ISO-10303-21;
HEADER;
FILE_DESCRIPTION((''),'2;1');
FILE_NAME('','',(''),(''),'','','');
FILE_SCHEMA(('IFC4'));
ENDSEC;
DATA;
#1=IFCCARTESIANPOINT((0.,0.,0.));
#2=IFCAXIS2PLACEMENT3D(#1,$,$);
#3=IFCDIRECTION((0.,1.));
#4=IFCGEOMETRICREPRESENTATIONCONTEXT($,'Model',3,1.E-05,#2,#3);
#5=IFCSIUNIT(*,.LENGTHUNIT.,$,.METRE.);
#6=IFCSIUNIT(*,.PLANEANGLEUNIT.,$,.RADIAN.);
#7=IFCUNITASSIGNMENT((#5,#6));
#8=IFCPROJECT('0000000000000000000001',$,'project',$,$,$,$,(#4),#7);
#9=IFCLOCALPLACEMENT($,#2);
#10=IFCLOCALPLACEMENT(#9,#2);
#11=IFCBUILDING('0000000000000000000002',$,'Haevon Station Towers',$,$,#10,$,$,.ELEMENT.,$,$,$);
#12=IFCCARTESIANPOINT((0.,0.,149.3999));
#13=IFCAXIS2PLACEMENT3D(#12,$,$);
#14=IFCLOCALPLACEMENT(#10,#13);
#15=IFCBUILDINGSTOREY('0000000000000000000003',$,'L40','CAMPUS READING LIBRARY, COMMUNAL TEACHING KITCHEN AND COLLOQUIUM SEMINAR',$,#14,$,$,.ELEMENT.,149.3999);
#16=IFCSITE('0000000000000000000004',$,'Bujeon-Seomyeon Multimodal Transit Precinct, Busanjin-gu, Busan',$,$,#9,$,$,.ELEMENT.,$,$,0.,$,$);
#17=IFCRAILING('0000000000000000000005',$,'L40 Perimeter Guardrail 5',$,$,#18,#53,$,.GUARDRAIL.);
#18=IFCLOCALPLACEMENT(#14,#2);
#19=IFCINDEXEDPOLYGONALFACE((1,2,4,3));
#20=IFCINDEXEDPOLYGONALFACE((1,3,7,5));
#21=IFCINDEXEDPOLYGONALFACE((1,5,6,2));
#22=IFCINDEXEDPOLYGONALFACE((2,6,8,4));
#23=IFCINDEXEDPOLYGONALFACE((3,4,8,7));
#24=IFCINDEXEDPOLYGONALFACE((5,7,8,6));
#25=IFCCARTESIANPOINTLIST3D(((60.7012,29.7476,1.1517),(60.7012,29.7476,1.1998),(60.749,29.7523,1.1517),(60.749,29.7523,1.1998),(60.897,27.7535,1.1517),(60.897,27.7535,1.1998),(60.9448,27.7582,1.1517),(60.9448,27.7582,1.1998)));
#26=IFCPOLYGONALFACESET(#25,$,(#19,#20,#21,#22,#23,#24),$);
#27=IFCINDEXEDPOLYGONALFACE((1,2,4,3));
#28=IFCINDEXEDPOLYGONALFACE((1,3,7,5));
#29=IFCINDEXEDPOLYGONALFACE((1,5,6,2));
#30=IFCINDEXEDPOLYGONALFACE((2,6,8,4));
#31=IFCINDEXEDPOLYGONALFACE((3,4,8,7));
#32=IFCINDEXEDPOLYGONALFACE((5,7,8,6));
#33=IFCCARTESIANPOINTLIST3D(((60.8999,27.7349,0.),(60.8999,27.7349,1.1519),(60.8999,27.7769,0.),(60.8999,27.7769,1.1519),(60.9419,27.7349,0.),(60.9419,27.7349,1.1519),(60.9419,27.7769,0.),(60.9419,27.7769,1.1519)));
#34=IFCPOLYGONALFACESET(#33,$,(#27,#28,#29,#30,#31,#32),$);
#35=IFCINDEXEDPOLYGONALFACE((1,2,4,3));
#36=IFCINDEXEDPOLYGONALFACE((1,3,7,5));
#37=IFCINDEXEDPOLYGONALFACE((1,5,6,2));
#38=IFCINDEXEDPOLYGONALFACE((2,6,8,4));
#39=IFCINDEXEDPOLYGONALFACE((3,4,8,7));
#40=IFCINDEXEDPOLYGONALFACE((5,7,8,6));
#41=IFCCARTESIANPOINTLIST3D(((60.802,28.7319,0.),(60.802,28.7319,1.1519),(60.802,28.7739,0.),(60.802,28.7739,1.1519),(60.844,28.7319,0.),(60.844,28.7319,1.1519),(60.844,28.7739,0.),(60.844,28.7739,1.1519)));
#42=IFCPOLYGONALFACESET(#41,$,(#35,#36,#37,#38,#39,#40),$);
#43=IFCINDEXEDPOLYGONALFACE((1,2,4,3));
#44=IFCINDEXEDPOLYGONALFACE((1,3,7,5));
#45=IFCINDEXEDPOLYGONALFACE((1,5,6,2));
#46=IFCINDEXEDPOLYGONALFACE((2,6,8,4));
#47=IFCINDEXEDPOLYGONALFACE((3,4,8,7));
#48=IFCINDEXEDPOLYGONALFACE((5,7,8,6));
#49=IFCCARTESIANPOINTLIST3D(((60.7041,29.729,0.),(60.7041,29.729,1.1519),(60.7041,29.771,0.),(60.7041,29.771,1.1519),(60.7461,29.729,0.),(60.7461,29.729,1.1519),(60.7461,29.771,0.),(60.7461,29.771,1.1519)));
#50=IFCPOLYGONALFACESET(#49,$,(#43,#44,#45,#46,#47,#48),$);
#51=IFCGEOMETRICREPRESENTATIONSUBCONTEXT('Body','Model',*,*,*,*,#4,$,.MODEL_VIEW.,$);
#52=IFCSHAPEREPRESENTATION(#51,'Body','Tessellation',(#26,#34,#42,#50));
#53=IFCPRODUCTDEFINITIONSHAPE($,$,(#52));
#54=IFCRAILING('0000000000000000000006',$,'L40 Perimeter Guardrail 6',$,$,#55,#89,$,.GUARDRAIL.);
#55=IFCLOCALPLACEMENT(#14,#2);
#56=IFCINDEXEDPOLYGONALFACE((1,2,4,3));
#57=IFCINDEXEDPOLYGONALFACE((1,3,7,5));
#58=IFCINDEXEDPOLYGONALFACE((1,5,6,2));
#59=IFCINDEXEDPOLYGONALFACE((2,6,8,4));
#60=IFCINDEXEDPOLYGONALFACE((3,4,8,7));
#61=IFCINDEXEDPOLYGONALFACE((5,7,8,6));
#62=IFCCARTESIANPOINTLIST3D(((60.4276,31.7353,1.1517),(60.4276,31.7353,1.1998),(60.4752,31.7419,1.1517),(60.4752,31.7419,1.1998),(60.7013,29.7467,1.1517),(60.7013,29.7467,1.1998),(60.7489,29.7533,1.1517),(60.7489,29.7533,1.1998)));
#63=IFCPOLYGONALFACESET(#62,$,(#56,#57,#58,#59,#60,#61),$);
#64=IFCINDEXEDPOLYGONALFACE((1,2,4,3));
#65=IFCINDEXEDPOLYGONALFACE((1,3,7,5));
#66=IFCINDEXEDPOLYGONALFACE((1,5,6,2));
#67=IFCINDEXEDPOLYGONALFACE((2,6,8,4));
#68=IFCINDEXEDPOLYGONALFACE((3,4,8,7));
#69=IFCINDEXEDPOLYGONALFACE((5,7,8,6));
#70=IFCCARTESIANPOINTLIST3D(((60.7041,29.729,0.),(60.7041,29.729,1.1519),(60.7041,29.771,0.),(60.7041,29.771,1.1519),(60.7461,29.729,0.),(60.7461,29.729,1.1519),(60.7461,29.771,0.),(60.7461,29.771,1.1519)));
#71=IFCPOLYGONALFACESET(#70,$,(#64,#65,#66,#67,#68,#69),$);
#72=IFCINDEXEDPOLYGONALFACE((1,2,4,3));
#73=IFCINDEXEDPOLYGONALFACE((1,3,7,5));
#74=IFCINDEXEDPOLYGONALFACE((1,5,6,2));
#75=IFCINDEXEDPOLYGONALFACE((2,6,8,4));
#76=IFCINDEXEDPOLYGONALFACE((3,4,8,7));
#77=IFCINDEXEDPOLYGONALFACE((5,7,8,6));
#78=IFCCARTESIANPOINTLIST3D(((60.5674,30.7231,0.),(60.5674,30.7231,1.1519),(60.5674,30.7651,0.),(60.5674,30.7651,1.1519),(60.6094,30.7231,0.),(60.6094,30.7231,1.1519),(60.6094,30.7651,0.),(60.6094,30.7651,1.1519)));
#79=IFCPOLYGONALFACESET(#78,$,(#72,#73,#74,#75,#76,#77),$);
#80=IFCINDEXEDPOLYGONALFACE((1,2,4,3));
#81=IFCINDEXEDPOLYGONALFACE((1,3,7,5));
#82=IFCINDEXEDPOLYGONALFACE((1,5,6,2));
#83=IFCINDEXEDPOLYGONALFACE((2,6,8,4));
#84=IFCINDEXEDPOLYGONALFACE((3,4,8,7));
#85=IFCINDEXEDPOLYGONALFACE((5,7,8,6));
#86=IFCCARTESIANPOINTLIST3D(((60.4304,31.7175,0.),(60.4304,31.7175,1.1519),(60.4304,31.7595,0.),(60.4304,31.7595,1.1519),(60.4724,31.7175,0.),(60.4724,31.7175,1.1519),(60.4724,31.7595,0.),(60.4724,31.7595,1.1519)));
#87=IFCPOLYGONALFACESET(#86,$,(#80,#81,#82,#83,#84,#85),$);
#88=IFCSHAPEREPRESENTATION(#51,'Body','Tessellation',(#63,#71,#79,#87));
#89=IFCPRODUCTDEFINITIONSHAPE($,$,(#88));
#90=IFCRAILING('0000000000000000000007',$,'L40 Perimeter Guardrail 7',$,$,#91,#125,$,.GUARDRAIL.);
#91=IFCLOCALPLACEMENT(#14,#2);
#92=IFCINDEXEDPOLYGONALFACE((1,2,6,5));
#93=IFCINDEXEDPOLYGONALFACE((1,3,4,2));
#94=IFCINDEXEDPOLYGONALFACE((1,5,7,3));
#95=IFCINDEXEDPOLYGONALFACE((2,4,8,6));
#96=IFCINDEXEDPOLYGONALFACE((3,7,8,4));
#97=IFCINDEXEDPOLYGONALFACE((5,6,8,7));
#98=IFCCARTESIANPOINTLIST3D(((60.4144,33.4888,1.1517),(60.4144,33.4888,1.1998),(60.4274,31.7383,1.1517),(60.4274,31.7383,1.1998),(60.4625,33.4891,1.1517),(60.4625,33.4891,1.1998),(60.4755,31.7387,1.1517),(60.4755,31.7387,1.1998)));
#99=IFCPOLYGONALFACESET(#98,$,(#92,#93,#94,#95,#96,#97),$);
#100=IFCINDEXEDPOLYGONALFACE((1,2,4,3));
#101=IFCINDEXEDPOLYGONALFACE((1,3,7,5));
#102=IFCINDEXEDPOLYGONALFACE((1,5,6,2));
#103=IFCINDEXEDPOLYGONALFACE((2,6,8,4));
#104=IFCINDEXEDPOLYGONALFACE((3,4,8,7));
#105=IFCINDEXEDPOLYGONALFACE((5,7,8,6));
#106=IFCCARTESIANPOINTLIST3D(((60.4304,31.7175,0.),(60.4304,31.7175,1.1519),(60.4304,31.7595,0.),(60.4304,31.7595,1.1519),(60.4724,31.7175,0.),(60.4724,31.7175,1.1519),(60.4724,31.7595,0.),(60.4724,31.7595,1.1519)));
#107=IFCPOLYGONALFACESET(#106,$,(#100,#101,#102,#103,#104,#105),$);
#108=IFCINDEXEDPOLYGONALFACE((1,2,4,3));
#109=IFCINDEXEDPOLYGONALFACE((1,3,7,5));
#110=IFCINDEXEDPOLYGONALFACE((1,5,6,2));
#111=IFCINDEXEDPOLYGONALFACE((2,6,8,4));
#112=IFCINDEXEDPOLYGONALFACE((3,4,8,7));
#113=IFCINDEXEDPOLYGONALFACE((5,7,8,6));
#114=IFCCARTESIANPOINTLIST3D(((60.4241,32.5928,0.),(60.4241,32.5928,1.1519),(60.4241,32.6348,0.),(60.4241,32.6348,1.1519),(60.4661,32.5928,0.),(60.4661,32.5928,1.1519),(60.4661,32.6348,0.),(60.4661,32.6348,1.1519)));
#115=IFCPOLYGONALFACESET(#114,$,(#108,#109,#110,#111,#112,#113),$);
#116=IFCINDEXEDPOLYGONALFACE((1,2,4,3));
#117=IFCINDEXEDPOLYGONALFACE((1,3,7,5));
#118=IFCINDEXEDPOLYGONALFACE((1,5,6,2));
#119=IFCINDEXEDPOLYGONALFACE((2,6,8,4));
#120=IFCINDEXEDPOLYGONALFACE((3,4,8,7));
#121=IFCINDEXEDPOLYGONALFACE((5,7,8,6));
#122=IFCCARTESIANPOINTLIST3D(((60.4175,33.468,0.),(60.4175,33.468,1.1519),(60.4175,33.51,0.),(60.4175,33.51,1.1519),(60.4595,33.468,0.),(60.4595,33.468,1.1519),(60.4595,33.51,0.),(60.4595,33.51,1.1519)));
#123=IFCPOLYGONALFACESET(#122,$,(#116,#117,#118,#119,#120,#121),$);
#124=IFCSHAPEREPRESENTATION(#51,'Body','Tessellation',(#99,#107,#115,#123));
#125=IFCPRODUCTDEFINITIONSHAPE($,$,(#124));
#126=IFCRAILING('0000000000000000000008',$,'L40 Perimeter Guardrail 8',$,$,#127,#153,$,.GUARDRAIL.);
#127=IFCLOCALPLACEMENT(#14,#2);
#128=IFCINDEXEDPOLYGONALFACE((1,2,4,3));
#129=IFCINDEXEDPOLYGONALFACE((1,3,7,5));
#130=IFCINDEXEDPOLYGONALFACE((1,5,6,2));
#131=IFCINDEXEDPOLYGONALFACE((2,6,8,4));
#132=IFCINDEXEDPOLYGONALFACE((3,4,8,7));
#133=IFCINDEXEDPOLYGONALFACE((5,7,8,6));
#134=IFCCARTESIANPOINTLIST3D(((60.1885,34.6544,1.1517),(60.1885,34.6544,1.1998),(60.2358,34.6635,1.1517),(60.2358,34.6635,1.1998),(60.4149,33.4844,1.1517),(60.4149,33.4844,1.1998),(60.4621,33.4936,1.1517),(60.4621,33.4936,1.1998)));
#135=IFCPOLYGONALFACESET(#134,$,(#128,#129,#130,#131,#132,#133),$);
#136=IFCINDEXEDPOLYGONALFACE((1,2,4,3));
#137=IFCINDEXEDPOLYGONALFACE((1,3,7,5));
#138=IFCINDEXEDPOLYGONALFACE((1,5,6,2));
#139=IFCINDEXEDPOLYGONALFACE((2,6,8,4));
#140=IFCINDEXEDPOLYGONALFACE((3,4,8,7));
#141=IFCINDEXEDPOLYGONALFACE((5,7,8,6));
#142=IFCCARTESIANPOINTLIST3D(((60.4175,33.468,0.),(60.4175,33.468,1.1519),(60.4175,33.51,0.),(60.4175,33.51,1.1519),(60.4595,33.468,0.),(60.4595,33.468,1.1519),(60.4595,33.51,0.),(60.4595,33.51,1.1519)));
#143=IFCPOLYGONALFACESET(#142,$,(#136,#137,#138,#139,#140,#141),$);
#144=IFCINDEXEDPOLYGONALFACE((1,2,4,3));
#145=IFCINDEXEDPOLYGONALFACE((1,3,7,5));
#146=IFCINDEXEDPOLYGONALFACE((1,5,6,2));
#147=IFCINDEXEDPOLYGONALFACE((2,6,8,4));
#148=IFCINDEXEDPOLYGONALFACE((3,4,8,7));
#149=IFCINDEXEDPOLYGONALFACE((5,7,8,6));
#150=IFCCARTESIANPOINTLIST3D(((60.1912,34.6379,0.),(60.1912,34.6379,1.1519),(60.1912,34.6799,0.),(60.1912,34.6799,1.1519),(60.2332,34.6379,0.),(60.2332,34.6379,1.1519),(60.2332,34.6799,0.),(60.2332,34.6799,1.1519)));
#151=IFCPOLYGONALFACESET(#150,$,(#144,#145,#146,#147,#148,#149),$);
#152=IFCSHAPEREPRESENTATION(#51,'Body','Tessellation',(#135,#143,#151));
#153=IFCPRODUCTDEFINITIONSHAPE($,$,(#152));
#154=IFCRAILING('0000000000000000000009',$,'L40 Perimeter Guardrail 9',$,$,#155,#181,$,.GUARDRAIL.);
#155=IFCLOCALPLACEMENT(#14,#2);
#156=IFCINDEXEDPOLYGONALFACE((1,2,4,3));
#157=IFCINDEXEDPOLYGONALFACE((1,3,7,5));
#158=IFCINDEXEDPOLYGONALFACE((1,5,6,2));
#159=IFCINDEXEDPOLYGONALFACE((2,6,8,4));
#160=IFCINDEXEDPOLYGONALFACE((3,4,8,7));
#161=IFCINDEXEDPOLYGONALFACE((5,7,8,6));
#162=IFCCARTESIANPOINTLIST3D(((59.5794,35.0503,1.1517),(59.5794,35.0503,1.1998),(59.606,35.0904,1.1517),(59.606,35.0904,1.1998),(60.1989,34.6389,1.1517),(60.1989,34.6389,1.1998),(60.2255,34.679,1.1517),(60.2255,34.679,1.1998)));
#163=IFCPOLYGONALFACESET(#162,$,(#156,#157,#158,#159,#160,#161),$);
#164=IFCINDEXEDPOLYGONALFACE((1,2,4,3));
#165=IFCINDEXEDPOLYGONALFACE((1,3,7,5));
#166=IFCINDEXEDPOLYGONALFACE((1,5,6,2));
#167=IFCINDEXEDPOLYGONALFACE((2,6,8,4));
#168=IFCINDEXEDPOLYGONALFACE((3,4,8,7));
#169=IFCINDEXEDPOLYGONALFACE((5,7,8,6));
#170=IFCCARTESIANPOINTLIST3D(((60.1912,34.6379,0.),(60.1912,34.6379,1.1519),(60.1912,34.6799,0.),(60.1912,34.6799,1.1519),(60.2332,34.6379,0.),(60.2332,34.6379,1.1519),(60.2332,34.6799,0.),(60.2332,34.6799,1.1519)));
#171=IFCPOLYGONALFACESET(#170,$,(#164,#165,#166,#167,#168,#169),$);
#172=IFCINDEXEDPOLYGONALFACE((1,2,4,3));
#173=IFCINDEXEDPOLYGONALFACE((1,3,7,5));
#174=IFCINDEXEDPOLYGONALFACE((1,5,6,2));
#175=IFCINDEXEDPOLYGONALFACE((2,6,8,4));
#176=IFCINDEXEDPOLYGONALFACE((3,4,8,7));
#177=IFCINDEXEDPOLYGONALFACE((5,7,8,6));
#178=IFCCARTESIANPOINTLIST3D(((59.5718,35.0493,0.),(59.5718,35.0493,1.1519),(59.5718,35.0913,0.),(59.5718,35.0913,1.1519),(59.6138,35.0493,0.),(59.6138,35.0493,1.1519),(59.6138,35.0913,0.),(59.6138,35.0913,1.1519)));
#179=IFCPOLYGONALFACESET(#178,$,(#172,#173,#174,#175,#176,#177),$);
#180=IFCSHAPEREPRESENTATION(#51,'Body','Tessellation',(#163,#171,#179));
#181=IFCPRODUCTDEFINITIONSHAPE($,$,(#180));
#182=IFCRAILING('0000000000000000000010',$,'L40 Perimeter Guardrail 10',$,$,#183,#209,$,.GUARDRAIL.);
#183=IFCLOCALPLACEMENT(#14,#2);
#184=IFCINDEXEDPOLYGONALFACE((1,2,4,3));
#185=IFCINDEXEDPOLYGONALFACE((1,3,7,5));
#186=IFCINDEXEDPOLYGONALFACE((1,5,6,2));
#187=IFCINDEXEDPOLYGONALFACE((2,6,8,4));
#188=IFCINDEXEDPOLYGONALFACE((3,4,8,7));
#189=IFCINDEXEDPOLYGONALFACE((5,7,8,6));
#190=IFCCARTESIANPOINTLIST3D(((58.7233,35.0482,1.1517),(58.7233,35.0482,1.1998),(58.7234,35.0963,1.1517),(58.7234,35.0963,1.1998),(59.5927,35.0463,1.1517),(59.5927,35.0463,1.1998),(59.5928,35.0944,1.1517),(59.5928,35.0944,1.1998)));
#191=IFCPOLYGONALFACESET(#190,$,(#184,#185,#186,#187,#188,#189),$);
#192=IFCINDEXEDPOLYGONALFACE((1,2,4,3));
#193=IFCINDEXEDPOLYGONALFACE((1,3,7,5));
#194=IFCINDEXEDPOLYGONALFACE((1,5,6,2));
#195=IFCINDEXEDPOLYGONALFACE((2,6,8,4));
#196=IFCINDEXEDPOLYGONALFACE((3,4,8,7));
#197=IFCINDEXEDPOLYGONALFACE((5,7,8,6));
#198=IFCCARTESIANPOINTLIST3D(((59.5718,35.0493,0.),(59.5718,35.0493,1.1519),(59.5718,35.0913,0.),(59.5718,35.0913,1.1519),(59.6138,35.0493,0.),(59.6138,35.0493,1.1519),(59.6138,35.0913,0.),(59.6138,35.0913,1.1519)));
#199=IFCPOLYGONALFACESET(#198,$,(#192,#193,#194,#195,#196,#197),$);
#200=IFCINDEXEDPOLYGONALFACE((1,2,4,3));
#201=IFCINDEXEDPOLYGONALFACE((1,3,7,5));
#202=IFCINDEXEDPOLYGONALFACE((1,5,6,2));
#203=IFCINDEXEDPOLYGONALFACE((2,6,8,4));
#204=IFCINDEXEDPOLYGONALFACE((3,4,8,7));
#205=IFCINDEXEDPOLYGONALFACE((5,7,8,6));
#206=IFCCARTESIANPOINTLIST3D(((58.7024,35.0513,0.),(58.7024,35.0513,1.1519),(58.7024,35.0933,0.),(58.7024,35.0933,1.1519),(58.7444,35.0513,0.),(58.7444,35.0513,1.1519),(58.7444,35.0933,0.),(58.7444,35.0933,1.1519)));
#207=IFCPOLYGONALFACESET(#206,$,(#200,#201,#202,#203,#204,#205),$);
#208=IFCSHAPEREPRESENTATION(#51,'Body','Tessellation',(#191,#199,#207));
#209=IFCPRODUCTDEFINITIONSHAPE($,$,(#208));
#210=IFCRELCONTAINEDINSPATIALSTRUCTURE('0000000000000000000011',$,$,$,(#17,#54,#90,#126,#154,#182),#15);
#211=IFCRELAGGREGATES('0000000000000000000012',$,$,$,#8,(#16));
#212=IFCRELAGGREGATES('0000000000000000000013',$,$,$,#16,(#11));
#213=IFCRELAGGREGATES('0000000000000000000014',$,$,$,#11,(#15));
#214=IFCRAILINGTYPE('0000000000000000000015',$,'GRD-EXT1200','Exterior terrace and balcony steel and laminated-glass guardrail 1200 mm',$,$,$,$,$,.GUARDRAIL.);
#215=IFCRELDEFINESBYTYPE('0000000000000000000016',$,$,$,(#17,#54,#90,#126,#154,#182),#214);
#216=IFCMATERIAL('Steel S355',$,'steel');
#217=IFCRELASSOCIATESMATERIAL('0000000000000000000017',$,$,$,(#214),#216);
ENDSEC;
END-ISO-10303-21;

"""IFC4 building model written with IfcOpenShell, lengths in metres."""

from ifc_helpers import new_model, si_unit, direction, frame, origin, origin_2d, place, context, subcontext, project, spatial, rectangle, extrude, material, type_object, element, save


model = new_model("IFC4")

# Units and contexts
model_context = context("Model", 3, precision=1e-05, world=origin(), true_north=direction((0.0, 1.0)))
body_context = subcontext(model_context, "Body", "Model", "MODEL_VIEW")
ifc_project = project(units=[si_unit("LENGTHUNIT", "METRE"), si_unit("PLANEANGLEUNIT", "RADIAN")], contexts=[model_context])

# Site, building, storey
site_placement = place(None, origin())
site = spatial("IfcSite", under=ifc_project, at=site_placement, Name="Bujeon-Seomyeon Multimodal Transit Precinct, Busanjin-gu, Busan", CompositionType="ELEMENT", RefElevation=0.0)
building_placement = place(site_placement, origin())
building = spatial("IfcBuilding", under=site, at=building_placement, Name="Haevon Station Towers", CompositionType="ELEMENT")
storey_placement = place(building_placement, frame((0.0, 0.0, 149.3999)))
storey = spatial("IfcBuildingStorey", under=building, at=storey_placement, Name="L40", Description="CAMPUS READING LIBRARY, COMMUNAL TEACHING KITCHEN AND COLLOQUIUM SEMINAR", CompositionType="ELEMENT", Elevation=149.3999)

# Shared definitions
ifc_material_1 = material(Name="Steel S355", Category="steel")

# Railings
railing_type = type_object("IfcRailingType", Name="GRD-EXT1200", Description="Exterior terrace and balcony steel and laminated-glass guardrail 1200 mm", PredefinedType="GUARDRAIL", material=ifc_material_1)
railing_1_placement = place(storey_placement, frame((60.9209, 27.7559, 0.0)))
element("IfcRailing", 1, at=railing_1_placement, inside=storey, type_object=railing_type, Name="L40 Perimeter Guardrail 5", PredefinedType="GUARDRAIL", context=body_context, shape_type="SweptSolid", body=[
    extrude(rectangle(XDim=0.0481, YDim=0.0481, at=origin_2d()), frame((0.0, 0.0, 1.1758), z_axis=(-0.097718, 0.995214, 0.0), x_axis=(-0.995214, -0.097718, 0.0)), (0.0, 0.0, 1.0), 2.0037),
    extrude(rectangle(XDim=0.042, YDim=0.042, at=origin_2d()), origin(), (0.0, 0.0, 1.0), 1.1519),
    extrude(rectangle(XDim=0.042, YDim=0.042, at=origin_2d()), frame((-0.0979, 0.9971, 0.0)), (0.0, 0.0, 1.0), 1.1519),
    extrude(rectangle(XDim=0.042, YDim=0.042, at=origin_2d()), frame((-0.1958, 1.9941, 0.0)), (0.0, 0.0, 1.0), 1.1519),
])
railing_2_placement = place(storey_placement, frame((60.7251, 29.75, 0.0)))
element("IfcRailing", 2, at=railing_2_placement, inside=storey, type_object=railing_type, Name="L40 Perimeter Guardrail 6", PredefinedType="GUARDRAIL", context=body_context, shape_type="SweptSolid", body=[
    extrude(rectangle(XDim=0.0481, YDim=0.0481, at=origin_2d()), frame((0.0, 0.0, 1.1758), z_axis=(-0.136345, 0.990661, 0.0), x_axis=(-0.990661, -0.136345, 0.0)), (0.0, 0.0, 1.0), 2.0073),
    extrude(rectangle(XDim=0.042, YDim=0.042, at=origin_2d()), origin(), (0.0, 0.0, 1.0), 1.1519),
    extrude(rectangle(XDim=0.042, YDim=0.042, at=origin_2d()), frame((-0.1367, 0.9941, 0.0)), (0.0, 0.0, 1.0), 1.1519),
    extrude(rectangle(XDim=0.042, YDim=0.042, at=origin_2d()), frame((-0.2737, 1.9885, 0.0)), (0.0, 0.0, 1.0), 1.1519),
])
railing_3_placement = place(storey_placement, frame((60.4514, 31.7385, 0.0)))
element("IfcRailing", 3, at=railing_3_placement, inside=storey, type_object=railing_type, Name="L40 Perimeter Guardrail 7", PredefinedType="GUARDRAIL", context=body_context, shape_type="SweptSolid", body=[
    extrude(rectangle(XDim=0.0481, YDim=0.0481, at=origin_2d()), frame((0.0, 0.0, 1.1758), z_axis=(-0.007392, 0.999973, 0.0), x_axis=(-0.999973, -0.007392, 0.0)), (0.0, 0.0, 1.0), 1.7505),
    extrude(rectangle(XDim=0.042, YDim=0.042, at=origin_2d()), origin(), (0.0, 0.0, 1.0), 1.1519),
    extrude(rectangle(XDim=0.042, YDim=0.042, at=origin_2d()), frame((-0.0063, 0.8752, 0.0)), (0.0, 0.0, 1.0), 1.1519),
    extrude(rectangle(XDim=0.042, YDim=0.042, at=origin_2d()), frame((-0.0129, 1.7505, 0.0)), (0.0, 0.0, 1.0), 1.1519),
])
railing_4_placement = place(storey_placement, frame((60.4385, 33.489, 0.0)))
element("IfcRailing", 4, at=railing_4_placement, inside=storey, type_object=railing_type, Name="L40 Perimeter Guardrail 8", PredefinedType="GUARDRAIL", context=body_context, shape_type="SweptSolid", body=[
    extrude(rectangle(XDim=0.0481, YDim=0.0481, at=origin_2d()), frame((0.0, 0.0, 1.1758), z_axis=(-0.189926, 0.981798, 0.0), x_axis=(-0.981798, -0.189926, 0.0)), (0.0, 0.0, 1.0), 1.1917),
    extrude(rectangle(XDim=0.042, YDim=0.042, at=origin_2d()), origin(), (0.0, 0.0, 1.0), 1.1519),
    extrude(rectangle(XDim=0.042, YDim=0.042, at=origin_2d()), frame((-0.2263, 1.1699, 0.0)), (0.0, 0.0, 1.0), 1.1519),
])
railing_5_placement = place(storey_placement, frame((60.2122, 34.6589, 0.0)))
element("IfcRailing", 5, at=railing_5_placement, inside=storey, type_object=railing_type, Name="L40 Perimeter Guardrail 9", PredefinedType="GUARDRAIL", context=body_context, shape_type="SweptSolid", body=[
    extrude(rectangle(XDim=0.0481, YDim=0.0481, at=origin_2d()), frame((0.0, 0.0, 1.1758), z_axis=(-0.833009, 0.55326, 0.0), x_axis=(-0.55326, -0.833009, 0.0)), (0.0, 0.0, 1.0), 0.7437),
    extrude(rectangle(XDim=0.042, YDim=0.042, at=origin_2d()), origin(), (0.0, 0.0, 1.0), 1.1519),
    extrude(rectangle(XDim=0.042, YDim=0.042, at=origin_2d()), frame((-0.6194, 0.4114, 0.0)), (0.0, 0.0, 1.0), 1.1519),
])
railing_6_placement = place(storey_placement, frame((59.5928, 35.0703, 0.0)))
element("IfcRailing", 6, at=railing_6_placement, inside=storey, type_object=railing_type, Name="L40 Perimeter Guardrail 10", PredefinedType="GUARDRAIL", context=body_context, shape_type="SweptSolid", body=[
    extrude(rectangle(XDim=0.0481, YDim=0.0481, at=origin_2d()), frame((0.0, 0.0, 1.1758), z_axis=(-0.999997, 0.002247, 0.0), x_axis=(-0.002247, -0.999997, 0.0)), (0.0, 0.0, 1.0), 0.8694),
    extrude(rectangle(XDim=0.042, YDim=0.042, at=origin_2d()), origin(), (0.0, 0.0, 1.0), 1.1519),
    extrude(rectangle(XDim=0.042, YDim=0.042, at=origin_2d()), frame((-0.8694, 0.002, 0.0)), (0.0, 0.0, 1.0), 1.1519),
])

save(model, "model.ifc")
